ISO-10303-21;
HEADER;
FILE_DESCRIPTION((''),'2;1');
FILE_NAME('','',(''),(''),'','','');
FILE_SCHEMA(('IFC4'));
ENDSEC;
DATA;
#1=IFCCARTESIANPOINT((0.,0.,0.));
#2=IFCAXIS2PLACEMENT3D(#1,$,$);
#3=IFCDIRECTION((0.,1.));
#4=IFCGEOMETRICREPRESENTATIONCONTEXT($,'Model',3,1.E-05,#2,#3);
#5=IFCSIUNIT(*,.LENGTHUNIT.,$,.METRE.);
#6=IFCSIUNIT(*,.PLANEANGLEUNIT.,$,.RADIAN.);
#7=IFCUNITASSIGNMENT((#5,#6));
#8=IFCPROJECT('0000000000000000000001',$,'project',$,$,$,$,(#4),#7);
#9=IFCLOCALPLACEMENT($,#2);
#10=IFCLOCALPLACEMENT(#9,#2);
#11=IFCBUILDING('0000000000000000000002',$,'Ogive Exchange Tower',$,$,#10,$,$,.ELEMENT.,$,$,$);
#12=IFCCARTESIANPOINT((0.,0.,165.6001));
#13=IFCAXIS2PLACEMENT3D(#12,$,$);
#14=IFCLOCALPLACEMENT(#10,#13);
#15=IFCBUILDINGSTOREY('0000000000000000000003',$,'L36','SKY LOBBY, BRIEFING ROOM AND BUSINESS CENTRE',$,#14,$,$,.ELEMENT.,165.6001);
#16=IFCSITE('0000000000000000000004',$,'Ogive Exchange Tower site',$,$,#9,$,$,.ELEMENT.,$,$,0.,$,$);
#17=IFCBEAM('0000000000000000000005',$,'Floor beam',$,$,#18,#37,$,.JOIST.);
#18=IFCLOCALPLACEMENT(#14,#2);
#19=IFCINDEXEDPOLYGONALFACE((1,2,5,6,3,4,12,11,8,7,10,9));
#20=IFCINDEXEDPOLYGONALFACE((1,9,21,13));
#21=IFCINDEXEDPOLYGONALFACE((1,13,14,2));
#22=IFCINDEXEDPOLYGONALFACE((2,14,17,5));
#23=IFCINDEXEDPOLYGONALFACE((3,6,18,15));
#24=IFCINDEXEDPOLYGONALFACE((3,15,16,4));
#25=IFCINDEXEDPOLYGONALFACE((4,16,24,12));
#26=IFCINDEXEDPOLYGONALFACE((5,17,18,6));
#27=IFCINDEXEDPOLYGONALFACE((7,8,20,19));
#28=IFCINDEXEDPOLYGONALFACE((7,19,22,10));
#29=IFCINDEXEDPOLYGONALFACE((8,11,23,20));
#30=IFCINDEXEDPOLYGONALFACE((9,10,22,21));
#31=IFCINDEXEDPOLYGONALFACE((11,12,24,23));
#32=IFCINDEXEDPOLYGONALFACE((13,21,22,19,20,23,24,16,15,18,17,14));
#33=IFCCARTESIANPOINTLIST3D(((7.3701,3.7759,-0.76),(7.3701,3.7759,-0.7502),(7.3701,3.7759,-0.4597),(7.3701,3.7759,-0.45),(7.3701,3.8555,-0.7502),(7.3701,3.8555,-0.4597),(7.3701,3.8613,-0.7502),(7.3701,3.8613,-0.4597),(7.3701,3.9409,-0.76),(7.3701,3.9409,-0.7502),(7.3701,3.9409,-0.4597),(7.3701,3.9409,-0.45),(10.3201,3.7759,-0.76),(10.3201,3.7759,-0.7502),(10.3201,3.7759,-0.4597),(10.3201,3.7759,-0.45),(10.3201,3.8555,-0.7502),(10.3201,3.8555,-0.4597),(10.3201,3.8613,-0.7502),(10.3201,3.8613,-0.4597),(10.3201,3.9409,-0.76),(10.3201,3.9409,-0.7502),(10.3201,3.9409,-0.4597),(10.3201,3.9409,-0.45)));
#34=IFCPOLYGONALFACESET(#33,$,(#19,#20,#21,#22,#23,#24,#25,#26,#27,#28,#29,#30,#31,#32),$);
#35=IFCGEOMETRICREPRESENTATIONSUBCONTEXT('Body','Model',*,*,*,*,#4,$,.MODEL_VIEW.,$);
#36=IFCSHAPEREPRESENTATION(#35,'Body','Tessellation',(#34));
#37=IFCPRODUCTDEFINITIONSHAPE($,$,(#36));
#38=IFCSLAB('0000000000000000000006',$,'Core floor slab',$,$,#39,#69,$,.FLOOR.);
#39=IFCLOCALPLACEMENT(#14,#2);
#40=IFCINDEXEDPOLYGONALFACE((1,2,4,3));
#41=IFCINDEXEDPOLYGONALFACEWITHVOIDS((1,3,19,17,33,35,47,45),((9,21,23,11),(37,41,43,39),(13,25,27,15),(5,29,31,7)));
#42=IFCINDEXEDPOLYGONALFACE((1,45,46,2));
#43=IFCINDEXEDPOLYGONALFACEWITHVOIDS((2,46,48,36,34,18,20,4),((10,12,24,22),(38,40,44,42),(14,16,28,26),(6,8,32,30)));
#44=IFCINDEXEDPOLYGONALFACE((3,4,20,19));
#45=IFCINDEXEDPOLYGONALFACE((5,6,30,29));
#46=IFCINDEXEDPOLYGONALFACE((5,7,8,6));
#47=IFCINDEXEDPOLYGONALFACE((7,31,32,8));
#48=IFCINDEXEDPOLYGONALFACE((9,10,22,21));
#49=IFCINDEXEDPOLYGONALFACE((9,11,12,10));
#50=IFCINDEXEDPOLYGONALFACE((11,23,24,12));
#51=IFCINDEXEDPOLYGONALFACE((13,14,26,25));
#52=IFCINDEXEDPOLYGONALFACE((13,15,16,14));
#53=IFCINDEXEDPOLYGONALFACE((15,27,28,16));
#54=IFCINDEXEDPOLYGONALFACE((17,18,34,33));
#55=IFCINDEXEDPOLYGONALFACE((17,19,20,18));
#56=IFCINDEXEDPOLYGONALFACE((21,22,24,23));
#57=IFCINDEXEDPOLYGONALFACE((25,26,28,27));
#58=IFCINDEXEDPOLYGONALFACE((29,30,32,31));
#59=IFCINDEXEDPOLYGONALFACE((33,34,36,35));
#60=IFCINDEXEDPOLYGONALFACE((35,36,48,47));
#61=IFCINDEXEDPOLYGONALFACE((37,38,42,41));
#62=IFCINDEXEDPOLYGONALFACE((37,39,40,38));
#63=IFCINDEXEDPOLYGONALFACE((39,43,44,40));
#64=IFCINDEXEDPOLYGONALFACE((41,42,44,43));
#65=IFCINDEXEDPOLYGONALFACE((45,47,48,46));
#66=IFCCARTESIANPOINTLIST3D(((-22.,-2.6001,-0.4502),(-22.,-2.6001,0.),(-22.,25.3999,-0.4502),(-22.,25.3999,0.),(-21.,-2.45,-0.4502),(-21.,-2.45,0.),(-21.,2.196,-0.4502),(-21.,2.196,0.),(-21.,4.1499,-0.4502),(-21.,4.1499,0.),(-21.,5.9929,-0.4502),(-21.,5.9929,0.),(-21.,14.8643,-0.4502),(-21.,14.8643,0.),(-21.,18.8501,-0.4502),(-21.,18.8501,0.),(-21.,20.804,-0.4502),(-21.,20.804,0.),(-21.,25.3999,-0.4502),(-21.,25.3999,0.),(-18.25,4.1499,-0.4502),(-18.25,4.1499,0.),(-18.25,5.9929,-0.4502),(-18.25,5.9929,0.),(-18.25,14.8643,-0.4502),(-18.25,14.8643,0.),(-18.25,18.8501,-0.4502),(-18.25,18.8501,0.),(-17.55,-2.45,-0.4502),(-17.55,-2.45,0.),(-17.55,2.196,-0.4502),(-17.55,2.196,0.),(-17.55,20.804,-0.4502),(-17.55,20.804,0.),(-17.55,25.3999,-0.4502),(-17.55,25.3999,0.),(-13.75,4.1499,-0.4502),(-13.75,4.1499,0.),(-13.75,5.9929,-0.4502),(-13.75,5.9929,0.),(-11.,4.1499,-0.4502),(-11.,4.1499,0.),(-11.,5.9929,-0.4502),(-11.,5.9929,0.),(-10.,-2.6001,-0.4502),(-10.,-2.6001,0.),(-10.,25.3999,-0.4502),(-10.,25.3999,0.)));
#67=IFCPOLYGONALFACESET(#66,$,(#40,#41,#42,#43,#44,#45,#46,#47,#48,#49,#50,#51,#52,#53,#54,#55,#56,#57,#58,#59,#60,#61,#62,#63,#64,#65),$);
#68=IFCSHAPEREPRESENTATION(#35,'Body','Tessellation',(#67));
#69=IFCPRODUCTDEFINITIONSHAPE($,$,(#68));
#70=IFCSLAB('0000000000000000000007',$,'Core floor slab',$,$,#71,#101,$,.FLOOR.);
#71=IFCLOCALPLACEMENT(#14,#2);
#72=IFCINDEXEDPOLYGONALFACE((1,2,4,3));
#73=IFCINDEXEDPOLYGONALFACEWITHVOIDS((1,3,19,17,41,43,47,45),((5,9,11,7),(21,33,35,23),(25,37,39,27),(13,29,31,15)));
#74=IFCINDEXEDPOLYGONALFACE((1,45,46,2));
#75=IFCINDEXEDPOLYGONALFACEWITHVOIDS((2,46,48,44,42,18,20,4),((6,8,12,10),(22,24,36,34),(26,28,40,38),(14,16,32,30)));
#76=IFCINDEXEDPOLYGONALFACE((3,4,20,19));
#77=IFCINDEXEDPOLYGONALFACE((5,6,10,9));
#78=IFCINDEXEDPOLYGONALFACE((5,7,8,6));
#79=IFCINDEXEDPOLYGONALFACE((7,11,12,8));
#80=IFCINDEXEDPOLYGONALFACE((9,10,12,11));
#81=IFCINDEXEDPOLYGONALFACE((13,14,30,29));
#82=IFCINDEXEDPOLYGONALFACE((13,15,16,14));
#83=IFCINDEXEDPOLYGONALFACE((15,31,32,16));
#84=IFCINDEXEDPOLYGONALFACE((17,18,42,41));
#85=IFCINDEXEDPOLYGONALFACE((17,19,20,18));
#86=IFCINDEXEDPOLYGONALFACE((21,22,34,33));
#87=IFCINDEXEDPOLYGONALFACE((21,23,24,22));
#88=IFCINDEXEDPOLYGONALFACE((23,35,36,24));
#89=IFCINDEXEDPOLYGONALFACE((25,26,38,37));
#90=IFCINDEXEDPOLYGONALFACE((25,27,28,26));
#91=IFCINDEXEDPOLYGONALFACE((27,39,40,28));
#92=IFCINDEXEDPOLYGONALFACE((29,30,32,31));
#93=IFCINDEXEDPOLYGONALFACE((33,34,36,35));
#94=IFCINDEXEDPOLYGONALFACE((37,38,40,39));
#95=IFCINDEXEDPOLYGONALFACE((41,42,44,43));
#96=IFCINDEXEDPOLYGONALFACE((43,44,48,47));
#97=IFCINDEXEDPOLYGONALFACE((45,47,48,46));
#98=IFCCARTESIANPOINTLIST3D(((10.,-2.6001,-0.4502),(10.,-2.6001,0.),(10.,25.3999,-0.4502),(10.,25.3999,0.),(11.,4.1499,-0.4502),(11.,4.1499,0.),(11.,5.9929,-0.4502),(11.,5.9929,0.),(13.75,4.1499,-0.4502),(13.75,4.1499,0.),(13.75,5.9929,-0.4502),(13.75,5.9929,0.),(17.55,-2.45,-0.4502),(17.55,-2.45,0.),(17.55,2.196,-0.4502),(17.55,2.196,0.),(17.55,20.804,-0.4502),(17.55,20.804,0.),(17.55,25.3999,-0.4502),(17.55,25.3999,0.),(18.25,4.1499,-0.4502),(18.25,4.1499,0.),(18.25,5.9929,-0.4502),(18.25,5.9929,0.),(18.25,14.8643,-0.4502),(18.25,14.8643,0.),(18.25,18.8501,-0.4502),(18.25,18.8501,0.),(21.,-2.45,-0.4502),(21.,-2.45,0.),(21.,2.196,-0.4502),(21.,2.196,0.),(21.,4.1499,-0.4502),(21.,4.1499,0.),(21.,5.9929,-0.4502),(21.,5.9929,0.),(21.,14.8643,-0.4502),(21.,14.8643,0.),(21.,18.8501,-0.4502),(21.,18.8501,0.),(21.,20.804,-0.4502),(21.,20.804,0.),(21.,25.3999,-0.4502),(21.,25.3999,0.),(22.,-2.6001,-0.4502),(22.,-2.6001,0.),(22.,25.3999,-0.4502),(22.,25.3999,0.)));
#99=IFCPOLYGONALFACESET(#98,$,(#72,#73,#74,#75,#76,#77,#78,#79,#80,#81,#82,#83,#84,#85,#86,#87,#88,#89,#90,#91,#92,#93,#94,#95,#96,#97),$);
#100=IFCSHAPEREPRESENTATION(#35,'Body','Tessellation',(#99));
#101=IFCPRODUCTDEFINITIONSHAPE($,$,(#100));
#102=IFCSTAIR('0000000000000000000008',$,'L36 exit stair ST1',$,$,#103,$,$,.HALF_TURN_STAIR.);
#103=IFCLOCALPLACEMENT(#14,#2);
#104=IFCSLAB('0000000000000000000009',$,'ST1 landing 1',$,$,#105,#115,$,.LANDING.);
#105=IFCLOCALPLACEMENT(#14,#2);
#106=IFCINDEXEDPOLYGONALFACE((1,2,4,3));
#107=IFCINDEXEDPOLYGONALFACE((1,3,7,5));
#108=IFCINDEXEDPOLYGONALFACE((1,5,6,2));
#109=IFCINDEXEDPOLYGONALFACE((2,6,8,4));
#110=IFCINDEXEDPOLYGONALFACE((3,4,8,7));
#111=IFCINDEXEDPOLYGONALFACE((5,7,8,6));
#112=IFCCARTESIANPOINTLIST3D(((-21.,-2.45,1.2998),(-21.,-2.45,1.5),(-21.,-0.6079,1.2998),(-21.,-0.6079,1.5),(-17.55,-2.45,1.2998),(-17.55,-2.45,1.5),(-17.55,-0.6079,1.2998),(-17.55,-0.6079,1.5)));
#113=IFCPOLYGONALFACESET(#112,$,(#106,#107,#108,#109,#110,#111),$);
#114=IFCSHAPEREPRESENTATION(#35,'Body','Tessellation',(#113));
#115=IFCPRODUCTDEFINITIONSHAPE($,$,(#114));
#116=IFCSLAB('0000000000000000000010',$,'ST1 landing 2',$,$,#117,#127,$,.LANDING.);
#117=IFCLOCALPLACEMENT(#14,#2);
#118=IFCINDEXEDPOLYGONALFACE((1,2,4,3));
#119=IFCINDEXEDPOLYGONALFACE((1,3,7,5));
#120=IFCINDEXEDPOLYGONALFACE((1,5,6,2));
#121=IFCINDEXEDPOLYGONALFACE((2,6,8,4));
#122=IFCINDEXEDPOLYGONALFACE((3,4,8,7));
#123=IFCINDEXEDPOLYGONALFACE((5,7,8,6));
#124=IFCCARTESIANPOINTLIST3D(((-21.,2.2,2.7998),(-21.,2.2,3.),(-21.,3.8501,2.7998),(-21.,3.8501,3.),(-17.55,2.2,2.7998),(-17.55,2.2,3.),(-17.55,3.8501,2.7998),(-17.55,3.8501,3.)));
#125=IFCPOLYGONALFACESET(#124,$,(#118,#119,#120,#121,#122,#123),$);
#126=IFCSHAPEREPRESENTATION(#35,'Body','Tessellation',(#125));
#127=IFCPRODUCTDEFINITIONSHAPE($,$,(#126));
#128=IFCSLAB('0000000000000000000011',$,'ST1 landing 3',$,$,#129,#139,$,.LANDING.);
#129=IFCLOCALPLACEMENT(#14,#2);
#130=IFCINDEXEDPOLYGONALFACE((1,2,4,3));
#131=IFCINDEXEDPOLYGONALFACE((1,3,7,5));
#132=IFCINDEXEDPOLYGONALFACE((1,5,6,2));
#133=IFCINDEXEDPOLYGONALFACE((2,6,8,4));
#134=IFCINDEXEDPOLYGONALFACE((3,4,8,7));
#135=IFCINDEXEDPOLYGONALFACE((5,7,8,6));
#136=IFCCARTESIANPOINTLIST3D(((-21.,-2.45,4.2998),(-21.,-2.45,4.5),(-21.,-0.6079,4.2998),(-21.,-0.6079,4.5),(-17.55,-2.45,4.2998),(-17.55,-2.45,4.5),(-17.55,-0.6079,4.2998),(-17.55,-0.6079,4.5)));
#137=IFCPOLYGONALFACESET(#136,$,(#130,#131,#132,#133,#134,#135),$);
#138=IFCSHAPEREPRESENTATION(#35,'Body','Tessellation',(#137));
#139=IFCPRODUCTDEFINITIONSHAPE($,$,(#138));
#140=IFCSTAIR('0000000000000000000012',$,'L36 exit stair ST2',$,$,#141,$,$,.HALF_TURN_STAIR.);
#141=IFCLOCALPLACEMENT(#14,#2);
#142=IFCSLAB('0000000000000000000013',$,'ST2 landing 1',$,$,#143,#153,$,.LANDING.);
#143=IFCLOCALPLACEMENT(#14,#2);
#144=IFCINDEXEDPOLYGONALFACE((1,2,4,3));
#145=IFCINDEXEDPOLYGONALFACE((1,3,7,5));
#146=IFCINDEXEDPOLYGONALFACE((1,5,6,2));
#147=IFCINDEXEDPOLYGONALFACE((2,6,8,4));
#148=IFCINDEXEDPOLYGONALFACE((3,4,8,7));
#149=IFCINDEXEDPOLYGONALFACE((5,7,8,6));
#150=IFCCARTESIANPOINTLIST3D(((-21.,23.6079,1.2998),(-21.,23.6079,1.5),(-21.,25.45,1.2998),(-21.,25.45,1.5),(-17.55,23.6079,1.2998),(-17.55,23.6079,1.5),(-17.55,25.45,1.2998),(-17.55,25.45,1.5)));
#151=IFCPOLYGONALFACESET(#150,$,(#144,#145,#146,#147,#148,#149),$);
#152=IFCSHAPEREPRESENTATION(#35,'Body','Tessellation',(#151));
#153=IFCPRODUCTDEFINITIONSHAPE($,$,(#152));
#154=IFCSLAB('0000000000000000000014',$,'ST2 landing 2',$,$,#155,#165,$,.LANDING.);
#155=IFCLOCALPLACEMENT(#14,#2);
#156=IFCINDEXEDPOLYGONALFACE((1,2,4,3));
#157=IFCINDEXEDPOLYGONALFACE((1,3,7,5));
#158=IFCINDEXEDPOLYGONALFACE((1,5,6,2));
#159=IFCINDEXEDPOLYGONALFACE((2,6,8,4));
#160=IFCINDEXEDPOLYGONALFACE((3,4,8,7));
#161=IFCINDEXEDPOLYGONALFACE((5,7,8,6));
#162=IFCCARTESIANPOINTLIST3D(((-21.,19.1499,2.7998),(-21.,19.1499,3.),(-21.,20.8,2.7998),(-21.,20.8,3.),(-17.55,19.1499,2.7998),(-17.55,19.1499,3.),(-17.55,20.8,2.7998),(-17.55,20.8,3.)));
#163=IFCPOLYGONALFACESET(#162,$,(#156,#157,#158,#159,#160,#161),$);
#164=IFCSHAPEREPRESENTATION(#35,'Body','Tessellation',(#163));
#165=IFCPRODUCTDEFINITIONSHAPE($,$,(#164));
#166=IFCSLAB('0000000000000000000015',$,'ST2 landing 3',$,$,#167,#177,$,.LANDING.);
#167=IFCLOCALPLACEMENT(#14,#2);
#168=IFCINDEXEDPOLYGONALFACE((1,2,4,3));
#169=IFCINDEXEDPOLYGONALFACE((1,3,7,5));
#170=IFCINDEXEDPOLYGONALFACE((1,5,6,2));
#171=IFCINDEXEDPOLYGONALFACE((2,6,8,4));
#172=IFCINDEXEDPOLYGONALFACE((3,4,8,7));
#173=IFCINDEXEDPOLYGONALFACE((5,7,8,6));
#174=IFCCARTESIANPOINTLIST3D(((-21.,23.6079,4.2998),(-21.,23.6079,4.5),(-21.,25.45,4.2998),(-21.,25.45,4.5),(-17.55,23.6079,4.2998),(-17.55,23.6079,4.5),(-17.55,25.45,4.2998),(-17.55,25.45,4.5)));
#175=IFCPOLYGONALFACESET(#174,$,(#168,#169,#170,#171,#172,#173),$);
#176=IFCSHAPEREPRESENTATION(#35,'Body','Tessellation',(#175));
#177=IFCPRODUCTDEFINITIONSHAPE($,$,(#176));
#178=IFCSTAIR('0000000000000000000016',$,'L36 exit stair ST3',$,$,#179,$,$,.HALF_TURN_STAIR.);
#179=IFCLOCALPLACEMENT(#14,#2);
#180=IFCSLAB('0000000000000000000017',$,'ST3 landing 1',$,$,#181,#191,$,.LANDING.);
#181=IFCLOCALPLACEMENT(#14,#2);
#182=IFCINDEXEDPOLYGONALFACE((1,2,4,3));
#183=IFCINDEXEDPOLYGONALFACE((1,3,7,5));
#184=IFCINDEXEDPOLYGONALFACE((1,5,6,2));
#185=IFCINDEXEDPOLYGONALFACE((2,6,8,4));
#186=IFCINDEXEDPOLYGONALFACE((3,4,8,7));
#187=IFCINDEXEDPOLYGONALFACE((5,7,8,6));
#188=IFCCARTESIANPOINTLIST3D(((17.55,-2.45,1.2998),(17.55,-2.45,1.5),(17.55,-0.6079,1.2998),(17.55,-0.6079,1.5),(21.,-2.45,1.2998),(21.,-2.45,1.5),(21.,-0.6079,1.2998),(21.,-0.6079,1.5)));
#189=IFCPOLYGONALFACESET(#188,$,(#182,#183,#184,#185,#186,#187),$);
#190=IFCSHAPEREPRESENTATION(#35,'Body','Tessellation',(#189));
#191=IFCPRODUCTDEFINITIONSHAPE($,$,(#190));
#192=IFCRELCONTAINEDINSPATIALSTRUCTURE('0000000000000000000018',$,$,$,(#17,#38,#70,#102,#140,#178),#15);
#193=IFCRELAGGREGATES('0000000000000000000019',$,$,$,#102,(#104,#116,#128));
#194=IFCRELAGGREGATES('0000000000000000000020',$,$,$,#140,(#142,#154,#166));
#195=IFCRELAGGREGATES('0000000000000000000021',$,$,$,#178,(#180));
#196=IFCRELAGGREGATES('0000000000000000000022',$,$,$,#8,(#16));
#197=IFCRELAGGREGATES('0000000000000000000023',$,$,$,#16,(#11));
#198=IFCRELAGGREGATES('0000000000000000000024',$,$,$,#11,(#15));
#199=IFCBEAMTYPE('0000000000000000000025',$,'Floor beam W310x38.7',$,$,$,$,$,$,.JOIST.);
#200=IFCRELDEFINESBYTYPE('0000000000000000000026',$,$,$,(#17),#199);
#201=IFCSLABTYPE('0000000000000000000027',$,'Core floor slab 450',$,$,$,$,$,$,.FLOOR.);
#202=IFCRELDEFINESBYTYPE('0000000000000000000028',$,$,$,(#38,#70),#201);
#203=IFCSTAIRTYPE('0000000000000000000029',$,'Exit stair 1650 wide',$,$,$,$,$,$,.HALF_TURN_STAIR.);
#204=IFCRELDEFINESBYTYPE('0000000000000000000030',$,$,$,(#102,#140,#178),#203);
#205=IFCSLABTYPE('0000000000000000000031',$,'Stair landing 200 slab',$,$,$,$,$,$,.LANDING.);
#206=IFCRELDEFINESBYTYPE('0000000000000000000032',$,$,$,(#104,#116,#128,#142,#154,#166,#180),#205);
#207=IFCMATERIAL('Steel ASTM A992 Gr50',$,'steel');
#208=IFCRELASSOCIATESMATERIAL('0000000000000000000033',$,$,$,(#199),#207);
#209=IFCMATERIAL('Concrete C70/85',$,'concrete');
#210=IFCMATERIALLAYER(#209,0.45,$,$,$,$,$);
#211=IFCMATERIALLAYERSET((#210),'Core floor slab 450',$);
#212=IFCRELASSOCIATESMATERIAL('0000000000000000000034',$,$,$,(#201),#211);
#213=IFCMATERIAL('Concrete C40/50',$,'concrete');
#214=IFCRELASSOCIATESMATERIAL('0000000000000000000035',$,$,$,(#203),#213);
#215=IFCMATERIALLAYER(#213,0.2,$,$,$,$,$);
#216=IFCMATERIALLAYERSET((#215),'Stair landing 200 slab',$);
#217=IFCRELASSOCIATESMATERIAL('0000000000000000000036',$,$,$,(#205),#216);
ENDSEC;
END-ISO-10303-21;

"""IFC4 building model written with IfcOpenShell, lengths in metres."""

from ifc_helpers import new_model, si_unit, direction, frame, origin, origin_2d, place, context, subcontext, project, spatial, polyline, i_section, outline, extrude, material, layer, layer_set, material_profile, profile_set, type_object, element, aggregate, save


model = new_model("IFC4")

# Units and contexts
model_context = context("Model", 3, precision=1e-05, world=origin(), true_north=direction((0.0, 1.0)))
body_context = subcontext(model_context, "Body", "Model", "MODEL_VIEW")
ifc_project = project(units=[si_unit("LENGTHUNIT", "METRE"), si_unit("PLANEANGLEUNIT", "RADIAN")], contexts=[model_context])

# Site, building, storey
site_placement = place(None, origin())
site = spatial("IfcSite", under=ifc_project, at=site_placement, Name="Ogive Exchange Tower site", CompositionType="ELEMENT", RefElevation=0.0)
building_placement = place(site_placement, origin())
building = spatial("IfcBuilding", under=site, at=building_placement, Name="Ogive Exchange Tower", CompositionType="ELEMENT")
storey_placement = place(building_placement, frame((0.0, 0.0, 165.6001)))
storey = spatial("IfcBuildingStorey", under=building, at=storey_placement, Name="L36", Description="SKY LOBBY, BRIEFING ROOM AND BUSINESS CENTRE", CompositionType="ELEMENT", Elevation=165.6001)

# Beam
ifc_material_1 = material(Name="Steel ASTM A992 Gr50", Category="steel")
ifc_material_profile = material_profile(ifc_material_1, i_section(OverallWidth=0.165, OverallDepth=0.3101, WebThickness=0.0059, FlangeThickness=0.0098, at=origin_2d()), Name="W310x38.7")
ifc_profile_set = profile_set([ifc_material_profile], Name="Steel ASTM A992 Gr50")
beam_type = type_object("IfcBeamType", Name="Floor beam W310x38.7", PredefinedType="JOIST", material=ifc_profile_set)
beam_placement = place(storey_placement, frame((7.3701, 3.8584, -0.605), z_axis=(1.0, 0.0, 0.0), x_axis=(0.0, 1.0, 0.0)))
element("IfcBeam", 1, at=beam_placement, inside=storey, type_object=beam_type, Name="Floor beam", PredefinedType="JOIST", context=body_context, shape_type="SweptSolid", body=[
    extrude(i_section(OverallWidth=0.165, OverallDepth=0.3101, WebThickness=0.0059, FlangeThickness=0.0098, at=origin_2d()), origin(), (0.0, 0.0, 1.0), 2.95),
])

# Slabs
ifc_material_2 = material(Name="Concrete C70/85", Category="concrete")
ifc_layer_1 = layer(ifc_material_2, 0.45)
ifc_layer_set_1 = layer_set([ifc_layer_1], Name="Core floor slab 450")
slab_type_1 = type_object("IfcSlabType", Name="Core floor slab 450", PredefinedType="FLOOR", material=ifc_layer_set_1)
slab_1_placement = place(storey_placement, frame((0.0, 0.0, -0.4502)))
element("IfcSlab", 2, at=slab_1_placement, inside=storey, type_object=slab_type_1, Name="Core floor slab", PredefinedType="FLOOR", context=body_context, shape_type="SweptSolid", body=[
    extrude(outline(polyline([(-10.0, 25.3999), (-10.0, -2.6001), (-22.0, -2.6001), (-22.0, 25.3999), (-21.0, 25.3999), (-21.0, 20.804), (-17.55, 20.804), (-17.55, 25.3999), (-10.0, 25.3999)]), holes=[polyline([(-17.55, 2.196), (-21.0, 2.196), (-21.0, -2.45), (-17.55, -2.45), (-17.55, 2.196)]), polyline([(-21.0, 5.9929), (-21.0, 4.1499), (-18.25, 4.1499), (-18.25, 5.9929), (-21.0, 5.9929)]), polyline([(-13.75, 5.9929), (-13.75, 4.1499), (-11.0, 4.1499), (-11.0, 5.9929), (-13.75, 5.9929)]), polyline([(-18.25, 18.8501), (-21.0, 18.8501), (-21.0, 14.8643), (-18.25, 14.8643), (-18.25, 18.8501)])]), origin(), (0.0, 0.0, 1.0), 0.4502),
])
slab_2_placement = place(storey_placement, frame((0.0, 0.0, -0.4502)))
element("IfcSlab", 3, at=slab_2_placement, inside=storey, type_object=slab_type_1, Name="Core floor slab", PredefinedType="FLOOR", context=body_context, shape_type="SweptSolid", body=[
    extrude(outline(polyline([(22.0, 25.3999), (22.0, -2.6001), (10.0, -2.6001), (10.0, 25.3999), (17.55, 25.3999), (17.55, 20.804), (21.0, 20.804), (21.0, 25.3999), (22.0, 25.3999)]), holes=[polyline([(21.0, 2.196), (17.55, 2.196), (17.55, -2.45), (21.0, -2.45), (21.0, 2.196)]), polyline([(11.0, 5.9929), (11.0, 4.1499), (13.75, 4.1499), (13.75, 5.9929), (11.0, 5.9929)]), polyline([(18.25, 5.9929), (18.25, 4.1499), (21.0, 4.1499), (21.0, 5.9929), (18.25, 5.9929)]), polyline([(21.0, 18.8501), (18.25, 18.8501), (18.25, 14.8643), (21.0, 14.8643), (21.0, 18.8501)])]), origin(), (0.0, 0.0, 1.0), 0.4502),
])

# Stairs, slabs
ifc_material_3 = material(Name="Concrete C40/50", Category="concrete")
stair_type = type_object("IfcStairType", Name="Exit stair 1650 wide", PredefinedType="HALF_TURN_STAIR", material=ifc_material_3)
stair_1_placement = place(storey_placement, origin())
stair_1 = element("IfcStair", 4, at=stair_1_placement, inside=storey, type_object=stair_type, Name="L36 exit stair ST1", PredefinedType="HALF_TURN_STAIR")
ifc_layer_2 = layer(ifc_material_3, 0.2)
ifc_layer_set_2 = layer_set([ifc_layer_2], Name="Stair landing 200 slab")
slab_type_2 = type_object("IfcSlabType", Name="Stair landing 200 slab", PredefinedType="LANDING", material=ifc_layer_set_2)
slab_3_placement = place(storey_placement, frame((0.0, 0.0, 1.2998)))
slab_3 = element("IfcSlab", 5, at=slab_3_placement, type_object=slab_type_2, Name="ST1 landing 1", PredefinedType="LANDING", context=body_context, shape_type="SweptSolid", body=[
    extrude(outline(polyline([(-21.0, -0.6079), (-21.0, -2.45), (-17.55, -2.45), (-17.55, -0.6079), (-21.0, -0.6079)])), origin(), (0.0, 0.0, 1.0), 0.2002),
])
slab_4_placement = place(storey_placement, frame((0.0, 0.0, 2.7998)))
slab_4 = element("IfcSlab", 6, at=slab_4_placement, type_object=slab_type_2, Name="ST1 landing 2", PredefinedType="LANDING", context=body_context, shape_type="SweptSolid", body=[
    extrude(outline(polyline([(-21.0, 3.8501), (-21.0, 2.2), (-17.55, 2.2), (-17.55, 3.8501), (-21.0, 3.8501)])), origin(), (0.0, 0.0, 1.0), 0.2002),
])
slab_5_placement = place(storey_placement, frame((0.0, 0.0, 4.2998)))
slab_5 = element("IfcSlab", 7, at=slab_5_placement, type_object=slab_type_2, Name="ST1 landing 3", PredefinedType="LANDING", context=body_context, shape_type="SweptSolid", body=[
    extrude(outline(polyline([(-21.0, -0.6079), (-21.0, -2.45), (-17.55, -2.45), (-17.55, -0.6079), (-21.0, -0.6079)])), origin(), (0.0, 0.0, 1.0), 0.2002),
])
aggregate(stair_1, [slab_3, slab_4, slab_5])
stair_2_placement = place(storey_placement, origin())
stair_2 = element("IfcStair", 8, at=stair_2_placement, inside=storey, type_object=stair_type, Name="L36 exit stair ST2", PredefinedType="HALF_TURN_STAIR")
slab_6_placement = place(storey_placement, frame((0.0, 0.0, 1.2998)))
slab_6 = element("IfcSlab", 9, at=slab_6_placement, type_object=slab_type_2, Name="ST2 landing 1", PredefinedType="LANDING", context=body_context, shape_type="SweptSolid", body=[
    extrude(outline(polyline([(-17.55, 23.6079), (-17.55, 25.45), (-21.0, 25.45), (-21.0, 23.6079), (-17.55, 23.6079)])), origin(), (0.0, 0.0, 1.0), 0.2002),
])
slab_7_placement = place(storey_placement, frame((0.0, 0.0, 2.7998)))
slab_7 = element("IfcSlab", 10, at=slab_7_placement, type_object=slab_type_2, Name="ST2 landing 2", PredefinedType="LANDING", context=body_context, shape_type="SweptSolid", body=[
    extrude(outline(polyline([(-17.55, 19.1499), (-17.55, 20.8), (-21.0, 20.8), (-21.0, 19.1499), (-17.55, 19.1499)])), origin(), (0.0, 0.0, 1.0), 0.2002),
])
slab_8_placement = place(storey_placement, frame((0.0, 0.0, 4.2998)))
slab_8 = element("IfcSlab", 11, at=slab_8_placement, type_object=slab_type_2, Name="ST2 landing 3", PredefinedType="LANDING", context=body_context, shape_type="SweptSolid", body=[
    extrude(outline(polyline([(-17.55, 23.6079), (-17.55, 25.45), (-21.0, 25.45), (-21.0, 23.6079), (-17.55, 23.6079)])), origin(), (0.0, 0.0, 1.0), 0.2002),
])
aggregate(stair_2, [slab_6, slab_7, slab_8])
stair_3_placement = place(storey_placement, origin())
stair_3 = element("IfcStair", 12, at=stair_3_placement, inside=storey, type_object=stair_type, Name="L36 exit stair ST3", PredefinedType="HALF_TURN_STAIR")
slab_9_placement = place(storey_placement, frame((0.0, 0.0, 1.2998)))
slab_9 = element("IfcSlab", 13, at=slab_9_placement, type_object=slab_type_2, Name="ST3 landing 1", PredefinedType="LANDING", context=body_context, shape_type="SweptSolid", body=[
    extrude(outline(polyline([(17.55, -0.6079), (17.55, -2.45), (21.0, -2.45), (21.0, -0.6079), (17.55, -0.6079)])), origin(), (0.0, 0.0, 1.0), 0.2002),
])
aggregate(stair_3, [slab_9])

save(model, "model.ifc")
